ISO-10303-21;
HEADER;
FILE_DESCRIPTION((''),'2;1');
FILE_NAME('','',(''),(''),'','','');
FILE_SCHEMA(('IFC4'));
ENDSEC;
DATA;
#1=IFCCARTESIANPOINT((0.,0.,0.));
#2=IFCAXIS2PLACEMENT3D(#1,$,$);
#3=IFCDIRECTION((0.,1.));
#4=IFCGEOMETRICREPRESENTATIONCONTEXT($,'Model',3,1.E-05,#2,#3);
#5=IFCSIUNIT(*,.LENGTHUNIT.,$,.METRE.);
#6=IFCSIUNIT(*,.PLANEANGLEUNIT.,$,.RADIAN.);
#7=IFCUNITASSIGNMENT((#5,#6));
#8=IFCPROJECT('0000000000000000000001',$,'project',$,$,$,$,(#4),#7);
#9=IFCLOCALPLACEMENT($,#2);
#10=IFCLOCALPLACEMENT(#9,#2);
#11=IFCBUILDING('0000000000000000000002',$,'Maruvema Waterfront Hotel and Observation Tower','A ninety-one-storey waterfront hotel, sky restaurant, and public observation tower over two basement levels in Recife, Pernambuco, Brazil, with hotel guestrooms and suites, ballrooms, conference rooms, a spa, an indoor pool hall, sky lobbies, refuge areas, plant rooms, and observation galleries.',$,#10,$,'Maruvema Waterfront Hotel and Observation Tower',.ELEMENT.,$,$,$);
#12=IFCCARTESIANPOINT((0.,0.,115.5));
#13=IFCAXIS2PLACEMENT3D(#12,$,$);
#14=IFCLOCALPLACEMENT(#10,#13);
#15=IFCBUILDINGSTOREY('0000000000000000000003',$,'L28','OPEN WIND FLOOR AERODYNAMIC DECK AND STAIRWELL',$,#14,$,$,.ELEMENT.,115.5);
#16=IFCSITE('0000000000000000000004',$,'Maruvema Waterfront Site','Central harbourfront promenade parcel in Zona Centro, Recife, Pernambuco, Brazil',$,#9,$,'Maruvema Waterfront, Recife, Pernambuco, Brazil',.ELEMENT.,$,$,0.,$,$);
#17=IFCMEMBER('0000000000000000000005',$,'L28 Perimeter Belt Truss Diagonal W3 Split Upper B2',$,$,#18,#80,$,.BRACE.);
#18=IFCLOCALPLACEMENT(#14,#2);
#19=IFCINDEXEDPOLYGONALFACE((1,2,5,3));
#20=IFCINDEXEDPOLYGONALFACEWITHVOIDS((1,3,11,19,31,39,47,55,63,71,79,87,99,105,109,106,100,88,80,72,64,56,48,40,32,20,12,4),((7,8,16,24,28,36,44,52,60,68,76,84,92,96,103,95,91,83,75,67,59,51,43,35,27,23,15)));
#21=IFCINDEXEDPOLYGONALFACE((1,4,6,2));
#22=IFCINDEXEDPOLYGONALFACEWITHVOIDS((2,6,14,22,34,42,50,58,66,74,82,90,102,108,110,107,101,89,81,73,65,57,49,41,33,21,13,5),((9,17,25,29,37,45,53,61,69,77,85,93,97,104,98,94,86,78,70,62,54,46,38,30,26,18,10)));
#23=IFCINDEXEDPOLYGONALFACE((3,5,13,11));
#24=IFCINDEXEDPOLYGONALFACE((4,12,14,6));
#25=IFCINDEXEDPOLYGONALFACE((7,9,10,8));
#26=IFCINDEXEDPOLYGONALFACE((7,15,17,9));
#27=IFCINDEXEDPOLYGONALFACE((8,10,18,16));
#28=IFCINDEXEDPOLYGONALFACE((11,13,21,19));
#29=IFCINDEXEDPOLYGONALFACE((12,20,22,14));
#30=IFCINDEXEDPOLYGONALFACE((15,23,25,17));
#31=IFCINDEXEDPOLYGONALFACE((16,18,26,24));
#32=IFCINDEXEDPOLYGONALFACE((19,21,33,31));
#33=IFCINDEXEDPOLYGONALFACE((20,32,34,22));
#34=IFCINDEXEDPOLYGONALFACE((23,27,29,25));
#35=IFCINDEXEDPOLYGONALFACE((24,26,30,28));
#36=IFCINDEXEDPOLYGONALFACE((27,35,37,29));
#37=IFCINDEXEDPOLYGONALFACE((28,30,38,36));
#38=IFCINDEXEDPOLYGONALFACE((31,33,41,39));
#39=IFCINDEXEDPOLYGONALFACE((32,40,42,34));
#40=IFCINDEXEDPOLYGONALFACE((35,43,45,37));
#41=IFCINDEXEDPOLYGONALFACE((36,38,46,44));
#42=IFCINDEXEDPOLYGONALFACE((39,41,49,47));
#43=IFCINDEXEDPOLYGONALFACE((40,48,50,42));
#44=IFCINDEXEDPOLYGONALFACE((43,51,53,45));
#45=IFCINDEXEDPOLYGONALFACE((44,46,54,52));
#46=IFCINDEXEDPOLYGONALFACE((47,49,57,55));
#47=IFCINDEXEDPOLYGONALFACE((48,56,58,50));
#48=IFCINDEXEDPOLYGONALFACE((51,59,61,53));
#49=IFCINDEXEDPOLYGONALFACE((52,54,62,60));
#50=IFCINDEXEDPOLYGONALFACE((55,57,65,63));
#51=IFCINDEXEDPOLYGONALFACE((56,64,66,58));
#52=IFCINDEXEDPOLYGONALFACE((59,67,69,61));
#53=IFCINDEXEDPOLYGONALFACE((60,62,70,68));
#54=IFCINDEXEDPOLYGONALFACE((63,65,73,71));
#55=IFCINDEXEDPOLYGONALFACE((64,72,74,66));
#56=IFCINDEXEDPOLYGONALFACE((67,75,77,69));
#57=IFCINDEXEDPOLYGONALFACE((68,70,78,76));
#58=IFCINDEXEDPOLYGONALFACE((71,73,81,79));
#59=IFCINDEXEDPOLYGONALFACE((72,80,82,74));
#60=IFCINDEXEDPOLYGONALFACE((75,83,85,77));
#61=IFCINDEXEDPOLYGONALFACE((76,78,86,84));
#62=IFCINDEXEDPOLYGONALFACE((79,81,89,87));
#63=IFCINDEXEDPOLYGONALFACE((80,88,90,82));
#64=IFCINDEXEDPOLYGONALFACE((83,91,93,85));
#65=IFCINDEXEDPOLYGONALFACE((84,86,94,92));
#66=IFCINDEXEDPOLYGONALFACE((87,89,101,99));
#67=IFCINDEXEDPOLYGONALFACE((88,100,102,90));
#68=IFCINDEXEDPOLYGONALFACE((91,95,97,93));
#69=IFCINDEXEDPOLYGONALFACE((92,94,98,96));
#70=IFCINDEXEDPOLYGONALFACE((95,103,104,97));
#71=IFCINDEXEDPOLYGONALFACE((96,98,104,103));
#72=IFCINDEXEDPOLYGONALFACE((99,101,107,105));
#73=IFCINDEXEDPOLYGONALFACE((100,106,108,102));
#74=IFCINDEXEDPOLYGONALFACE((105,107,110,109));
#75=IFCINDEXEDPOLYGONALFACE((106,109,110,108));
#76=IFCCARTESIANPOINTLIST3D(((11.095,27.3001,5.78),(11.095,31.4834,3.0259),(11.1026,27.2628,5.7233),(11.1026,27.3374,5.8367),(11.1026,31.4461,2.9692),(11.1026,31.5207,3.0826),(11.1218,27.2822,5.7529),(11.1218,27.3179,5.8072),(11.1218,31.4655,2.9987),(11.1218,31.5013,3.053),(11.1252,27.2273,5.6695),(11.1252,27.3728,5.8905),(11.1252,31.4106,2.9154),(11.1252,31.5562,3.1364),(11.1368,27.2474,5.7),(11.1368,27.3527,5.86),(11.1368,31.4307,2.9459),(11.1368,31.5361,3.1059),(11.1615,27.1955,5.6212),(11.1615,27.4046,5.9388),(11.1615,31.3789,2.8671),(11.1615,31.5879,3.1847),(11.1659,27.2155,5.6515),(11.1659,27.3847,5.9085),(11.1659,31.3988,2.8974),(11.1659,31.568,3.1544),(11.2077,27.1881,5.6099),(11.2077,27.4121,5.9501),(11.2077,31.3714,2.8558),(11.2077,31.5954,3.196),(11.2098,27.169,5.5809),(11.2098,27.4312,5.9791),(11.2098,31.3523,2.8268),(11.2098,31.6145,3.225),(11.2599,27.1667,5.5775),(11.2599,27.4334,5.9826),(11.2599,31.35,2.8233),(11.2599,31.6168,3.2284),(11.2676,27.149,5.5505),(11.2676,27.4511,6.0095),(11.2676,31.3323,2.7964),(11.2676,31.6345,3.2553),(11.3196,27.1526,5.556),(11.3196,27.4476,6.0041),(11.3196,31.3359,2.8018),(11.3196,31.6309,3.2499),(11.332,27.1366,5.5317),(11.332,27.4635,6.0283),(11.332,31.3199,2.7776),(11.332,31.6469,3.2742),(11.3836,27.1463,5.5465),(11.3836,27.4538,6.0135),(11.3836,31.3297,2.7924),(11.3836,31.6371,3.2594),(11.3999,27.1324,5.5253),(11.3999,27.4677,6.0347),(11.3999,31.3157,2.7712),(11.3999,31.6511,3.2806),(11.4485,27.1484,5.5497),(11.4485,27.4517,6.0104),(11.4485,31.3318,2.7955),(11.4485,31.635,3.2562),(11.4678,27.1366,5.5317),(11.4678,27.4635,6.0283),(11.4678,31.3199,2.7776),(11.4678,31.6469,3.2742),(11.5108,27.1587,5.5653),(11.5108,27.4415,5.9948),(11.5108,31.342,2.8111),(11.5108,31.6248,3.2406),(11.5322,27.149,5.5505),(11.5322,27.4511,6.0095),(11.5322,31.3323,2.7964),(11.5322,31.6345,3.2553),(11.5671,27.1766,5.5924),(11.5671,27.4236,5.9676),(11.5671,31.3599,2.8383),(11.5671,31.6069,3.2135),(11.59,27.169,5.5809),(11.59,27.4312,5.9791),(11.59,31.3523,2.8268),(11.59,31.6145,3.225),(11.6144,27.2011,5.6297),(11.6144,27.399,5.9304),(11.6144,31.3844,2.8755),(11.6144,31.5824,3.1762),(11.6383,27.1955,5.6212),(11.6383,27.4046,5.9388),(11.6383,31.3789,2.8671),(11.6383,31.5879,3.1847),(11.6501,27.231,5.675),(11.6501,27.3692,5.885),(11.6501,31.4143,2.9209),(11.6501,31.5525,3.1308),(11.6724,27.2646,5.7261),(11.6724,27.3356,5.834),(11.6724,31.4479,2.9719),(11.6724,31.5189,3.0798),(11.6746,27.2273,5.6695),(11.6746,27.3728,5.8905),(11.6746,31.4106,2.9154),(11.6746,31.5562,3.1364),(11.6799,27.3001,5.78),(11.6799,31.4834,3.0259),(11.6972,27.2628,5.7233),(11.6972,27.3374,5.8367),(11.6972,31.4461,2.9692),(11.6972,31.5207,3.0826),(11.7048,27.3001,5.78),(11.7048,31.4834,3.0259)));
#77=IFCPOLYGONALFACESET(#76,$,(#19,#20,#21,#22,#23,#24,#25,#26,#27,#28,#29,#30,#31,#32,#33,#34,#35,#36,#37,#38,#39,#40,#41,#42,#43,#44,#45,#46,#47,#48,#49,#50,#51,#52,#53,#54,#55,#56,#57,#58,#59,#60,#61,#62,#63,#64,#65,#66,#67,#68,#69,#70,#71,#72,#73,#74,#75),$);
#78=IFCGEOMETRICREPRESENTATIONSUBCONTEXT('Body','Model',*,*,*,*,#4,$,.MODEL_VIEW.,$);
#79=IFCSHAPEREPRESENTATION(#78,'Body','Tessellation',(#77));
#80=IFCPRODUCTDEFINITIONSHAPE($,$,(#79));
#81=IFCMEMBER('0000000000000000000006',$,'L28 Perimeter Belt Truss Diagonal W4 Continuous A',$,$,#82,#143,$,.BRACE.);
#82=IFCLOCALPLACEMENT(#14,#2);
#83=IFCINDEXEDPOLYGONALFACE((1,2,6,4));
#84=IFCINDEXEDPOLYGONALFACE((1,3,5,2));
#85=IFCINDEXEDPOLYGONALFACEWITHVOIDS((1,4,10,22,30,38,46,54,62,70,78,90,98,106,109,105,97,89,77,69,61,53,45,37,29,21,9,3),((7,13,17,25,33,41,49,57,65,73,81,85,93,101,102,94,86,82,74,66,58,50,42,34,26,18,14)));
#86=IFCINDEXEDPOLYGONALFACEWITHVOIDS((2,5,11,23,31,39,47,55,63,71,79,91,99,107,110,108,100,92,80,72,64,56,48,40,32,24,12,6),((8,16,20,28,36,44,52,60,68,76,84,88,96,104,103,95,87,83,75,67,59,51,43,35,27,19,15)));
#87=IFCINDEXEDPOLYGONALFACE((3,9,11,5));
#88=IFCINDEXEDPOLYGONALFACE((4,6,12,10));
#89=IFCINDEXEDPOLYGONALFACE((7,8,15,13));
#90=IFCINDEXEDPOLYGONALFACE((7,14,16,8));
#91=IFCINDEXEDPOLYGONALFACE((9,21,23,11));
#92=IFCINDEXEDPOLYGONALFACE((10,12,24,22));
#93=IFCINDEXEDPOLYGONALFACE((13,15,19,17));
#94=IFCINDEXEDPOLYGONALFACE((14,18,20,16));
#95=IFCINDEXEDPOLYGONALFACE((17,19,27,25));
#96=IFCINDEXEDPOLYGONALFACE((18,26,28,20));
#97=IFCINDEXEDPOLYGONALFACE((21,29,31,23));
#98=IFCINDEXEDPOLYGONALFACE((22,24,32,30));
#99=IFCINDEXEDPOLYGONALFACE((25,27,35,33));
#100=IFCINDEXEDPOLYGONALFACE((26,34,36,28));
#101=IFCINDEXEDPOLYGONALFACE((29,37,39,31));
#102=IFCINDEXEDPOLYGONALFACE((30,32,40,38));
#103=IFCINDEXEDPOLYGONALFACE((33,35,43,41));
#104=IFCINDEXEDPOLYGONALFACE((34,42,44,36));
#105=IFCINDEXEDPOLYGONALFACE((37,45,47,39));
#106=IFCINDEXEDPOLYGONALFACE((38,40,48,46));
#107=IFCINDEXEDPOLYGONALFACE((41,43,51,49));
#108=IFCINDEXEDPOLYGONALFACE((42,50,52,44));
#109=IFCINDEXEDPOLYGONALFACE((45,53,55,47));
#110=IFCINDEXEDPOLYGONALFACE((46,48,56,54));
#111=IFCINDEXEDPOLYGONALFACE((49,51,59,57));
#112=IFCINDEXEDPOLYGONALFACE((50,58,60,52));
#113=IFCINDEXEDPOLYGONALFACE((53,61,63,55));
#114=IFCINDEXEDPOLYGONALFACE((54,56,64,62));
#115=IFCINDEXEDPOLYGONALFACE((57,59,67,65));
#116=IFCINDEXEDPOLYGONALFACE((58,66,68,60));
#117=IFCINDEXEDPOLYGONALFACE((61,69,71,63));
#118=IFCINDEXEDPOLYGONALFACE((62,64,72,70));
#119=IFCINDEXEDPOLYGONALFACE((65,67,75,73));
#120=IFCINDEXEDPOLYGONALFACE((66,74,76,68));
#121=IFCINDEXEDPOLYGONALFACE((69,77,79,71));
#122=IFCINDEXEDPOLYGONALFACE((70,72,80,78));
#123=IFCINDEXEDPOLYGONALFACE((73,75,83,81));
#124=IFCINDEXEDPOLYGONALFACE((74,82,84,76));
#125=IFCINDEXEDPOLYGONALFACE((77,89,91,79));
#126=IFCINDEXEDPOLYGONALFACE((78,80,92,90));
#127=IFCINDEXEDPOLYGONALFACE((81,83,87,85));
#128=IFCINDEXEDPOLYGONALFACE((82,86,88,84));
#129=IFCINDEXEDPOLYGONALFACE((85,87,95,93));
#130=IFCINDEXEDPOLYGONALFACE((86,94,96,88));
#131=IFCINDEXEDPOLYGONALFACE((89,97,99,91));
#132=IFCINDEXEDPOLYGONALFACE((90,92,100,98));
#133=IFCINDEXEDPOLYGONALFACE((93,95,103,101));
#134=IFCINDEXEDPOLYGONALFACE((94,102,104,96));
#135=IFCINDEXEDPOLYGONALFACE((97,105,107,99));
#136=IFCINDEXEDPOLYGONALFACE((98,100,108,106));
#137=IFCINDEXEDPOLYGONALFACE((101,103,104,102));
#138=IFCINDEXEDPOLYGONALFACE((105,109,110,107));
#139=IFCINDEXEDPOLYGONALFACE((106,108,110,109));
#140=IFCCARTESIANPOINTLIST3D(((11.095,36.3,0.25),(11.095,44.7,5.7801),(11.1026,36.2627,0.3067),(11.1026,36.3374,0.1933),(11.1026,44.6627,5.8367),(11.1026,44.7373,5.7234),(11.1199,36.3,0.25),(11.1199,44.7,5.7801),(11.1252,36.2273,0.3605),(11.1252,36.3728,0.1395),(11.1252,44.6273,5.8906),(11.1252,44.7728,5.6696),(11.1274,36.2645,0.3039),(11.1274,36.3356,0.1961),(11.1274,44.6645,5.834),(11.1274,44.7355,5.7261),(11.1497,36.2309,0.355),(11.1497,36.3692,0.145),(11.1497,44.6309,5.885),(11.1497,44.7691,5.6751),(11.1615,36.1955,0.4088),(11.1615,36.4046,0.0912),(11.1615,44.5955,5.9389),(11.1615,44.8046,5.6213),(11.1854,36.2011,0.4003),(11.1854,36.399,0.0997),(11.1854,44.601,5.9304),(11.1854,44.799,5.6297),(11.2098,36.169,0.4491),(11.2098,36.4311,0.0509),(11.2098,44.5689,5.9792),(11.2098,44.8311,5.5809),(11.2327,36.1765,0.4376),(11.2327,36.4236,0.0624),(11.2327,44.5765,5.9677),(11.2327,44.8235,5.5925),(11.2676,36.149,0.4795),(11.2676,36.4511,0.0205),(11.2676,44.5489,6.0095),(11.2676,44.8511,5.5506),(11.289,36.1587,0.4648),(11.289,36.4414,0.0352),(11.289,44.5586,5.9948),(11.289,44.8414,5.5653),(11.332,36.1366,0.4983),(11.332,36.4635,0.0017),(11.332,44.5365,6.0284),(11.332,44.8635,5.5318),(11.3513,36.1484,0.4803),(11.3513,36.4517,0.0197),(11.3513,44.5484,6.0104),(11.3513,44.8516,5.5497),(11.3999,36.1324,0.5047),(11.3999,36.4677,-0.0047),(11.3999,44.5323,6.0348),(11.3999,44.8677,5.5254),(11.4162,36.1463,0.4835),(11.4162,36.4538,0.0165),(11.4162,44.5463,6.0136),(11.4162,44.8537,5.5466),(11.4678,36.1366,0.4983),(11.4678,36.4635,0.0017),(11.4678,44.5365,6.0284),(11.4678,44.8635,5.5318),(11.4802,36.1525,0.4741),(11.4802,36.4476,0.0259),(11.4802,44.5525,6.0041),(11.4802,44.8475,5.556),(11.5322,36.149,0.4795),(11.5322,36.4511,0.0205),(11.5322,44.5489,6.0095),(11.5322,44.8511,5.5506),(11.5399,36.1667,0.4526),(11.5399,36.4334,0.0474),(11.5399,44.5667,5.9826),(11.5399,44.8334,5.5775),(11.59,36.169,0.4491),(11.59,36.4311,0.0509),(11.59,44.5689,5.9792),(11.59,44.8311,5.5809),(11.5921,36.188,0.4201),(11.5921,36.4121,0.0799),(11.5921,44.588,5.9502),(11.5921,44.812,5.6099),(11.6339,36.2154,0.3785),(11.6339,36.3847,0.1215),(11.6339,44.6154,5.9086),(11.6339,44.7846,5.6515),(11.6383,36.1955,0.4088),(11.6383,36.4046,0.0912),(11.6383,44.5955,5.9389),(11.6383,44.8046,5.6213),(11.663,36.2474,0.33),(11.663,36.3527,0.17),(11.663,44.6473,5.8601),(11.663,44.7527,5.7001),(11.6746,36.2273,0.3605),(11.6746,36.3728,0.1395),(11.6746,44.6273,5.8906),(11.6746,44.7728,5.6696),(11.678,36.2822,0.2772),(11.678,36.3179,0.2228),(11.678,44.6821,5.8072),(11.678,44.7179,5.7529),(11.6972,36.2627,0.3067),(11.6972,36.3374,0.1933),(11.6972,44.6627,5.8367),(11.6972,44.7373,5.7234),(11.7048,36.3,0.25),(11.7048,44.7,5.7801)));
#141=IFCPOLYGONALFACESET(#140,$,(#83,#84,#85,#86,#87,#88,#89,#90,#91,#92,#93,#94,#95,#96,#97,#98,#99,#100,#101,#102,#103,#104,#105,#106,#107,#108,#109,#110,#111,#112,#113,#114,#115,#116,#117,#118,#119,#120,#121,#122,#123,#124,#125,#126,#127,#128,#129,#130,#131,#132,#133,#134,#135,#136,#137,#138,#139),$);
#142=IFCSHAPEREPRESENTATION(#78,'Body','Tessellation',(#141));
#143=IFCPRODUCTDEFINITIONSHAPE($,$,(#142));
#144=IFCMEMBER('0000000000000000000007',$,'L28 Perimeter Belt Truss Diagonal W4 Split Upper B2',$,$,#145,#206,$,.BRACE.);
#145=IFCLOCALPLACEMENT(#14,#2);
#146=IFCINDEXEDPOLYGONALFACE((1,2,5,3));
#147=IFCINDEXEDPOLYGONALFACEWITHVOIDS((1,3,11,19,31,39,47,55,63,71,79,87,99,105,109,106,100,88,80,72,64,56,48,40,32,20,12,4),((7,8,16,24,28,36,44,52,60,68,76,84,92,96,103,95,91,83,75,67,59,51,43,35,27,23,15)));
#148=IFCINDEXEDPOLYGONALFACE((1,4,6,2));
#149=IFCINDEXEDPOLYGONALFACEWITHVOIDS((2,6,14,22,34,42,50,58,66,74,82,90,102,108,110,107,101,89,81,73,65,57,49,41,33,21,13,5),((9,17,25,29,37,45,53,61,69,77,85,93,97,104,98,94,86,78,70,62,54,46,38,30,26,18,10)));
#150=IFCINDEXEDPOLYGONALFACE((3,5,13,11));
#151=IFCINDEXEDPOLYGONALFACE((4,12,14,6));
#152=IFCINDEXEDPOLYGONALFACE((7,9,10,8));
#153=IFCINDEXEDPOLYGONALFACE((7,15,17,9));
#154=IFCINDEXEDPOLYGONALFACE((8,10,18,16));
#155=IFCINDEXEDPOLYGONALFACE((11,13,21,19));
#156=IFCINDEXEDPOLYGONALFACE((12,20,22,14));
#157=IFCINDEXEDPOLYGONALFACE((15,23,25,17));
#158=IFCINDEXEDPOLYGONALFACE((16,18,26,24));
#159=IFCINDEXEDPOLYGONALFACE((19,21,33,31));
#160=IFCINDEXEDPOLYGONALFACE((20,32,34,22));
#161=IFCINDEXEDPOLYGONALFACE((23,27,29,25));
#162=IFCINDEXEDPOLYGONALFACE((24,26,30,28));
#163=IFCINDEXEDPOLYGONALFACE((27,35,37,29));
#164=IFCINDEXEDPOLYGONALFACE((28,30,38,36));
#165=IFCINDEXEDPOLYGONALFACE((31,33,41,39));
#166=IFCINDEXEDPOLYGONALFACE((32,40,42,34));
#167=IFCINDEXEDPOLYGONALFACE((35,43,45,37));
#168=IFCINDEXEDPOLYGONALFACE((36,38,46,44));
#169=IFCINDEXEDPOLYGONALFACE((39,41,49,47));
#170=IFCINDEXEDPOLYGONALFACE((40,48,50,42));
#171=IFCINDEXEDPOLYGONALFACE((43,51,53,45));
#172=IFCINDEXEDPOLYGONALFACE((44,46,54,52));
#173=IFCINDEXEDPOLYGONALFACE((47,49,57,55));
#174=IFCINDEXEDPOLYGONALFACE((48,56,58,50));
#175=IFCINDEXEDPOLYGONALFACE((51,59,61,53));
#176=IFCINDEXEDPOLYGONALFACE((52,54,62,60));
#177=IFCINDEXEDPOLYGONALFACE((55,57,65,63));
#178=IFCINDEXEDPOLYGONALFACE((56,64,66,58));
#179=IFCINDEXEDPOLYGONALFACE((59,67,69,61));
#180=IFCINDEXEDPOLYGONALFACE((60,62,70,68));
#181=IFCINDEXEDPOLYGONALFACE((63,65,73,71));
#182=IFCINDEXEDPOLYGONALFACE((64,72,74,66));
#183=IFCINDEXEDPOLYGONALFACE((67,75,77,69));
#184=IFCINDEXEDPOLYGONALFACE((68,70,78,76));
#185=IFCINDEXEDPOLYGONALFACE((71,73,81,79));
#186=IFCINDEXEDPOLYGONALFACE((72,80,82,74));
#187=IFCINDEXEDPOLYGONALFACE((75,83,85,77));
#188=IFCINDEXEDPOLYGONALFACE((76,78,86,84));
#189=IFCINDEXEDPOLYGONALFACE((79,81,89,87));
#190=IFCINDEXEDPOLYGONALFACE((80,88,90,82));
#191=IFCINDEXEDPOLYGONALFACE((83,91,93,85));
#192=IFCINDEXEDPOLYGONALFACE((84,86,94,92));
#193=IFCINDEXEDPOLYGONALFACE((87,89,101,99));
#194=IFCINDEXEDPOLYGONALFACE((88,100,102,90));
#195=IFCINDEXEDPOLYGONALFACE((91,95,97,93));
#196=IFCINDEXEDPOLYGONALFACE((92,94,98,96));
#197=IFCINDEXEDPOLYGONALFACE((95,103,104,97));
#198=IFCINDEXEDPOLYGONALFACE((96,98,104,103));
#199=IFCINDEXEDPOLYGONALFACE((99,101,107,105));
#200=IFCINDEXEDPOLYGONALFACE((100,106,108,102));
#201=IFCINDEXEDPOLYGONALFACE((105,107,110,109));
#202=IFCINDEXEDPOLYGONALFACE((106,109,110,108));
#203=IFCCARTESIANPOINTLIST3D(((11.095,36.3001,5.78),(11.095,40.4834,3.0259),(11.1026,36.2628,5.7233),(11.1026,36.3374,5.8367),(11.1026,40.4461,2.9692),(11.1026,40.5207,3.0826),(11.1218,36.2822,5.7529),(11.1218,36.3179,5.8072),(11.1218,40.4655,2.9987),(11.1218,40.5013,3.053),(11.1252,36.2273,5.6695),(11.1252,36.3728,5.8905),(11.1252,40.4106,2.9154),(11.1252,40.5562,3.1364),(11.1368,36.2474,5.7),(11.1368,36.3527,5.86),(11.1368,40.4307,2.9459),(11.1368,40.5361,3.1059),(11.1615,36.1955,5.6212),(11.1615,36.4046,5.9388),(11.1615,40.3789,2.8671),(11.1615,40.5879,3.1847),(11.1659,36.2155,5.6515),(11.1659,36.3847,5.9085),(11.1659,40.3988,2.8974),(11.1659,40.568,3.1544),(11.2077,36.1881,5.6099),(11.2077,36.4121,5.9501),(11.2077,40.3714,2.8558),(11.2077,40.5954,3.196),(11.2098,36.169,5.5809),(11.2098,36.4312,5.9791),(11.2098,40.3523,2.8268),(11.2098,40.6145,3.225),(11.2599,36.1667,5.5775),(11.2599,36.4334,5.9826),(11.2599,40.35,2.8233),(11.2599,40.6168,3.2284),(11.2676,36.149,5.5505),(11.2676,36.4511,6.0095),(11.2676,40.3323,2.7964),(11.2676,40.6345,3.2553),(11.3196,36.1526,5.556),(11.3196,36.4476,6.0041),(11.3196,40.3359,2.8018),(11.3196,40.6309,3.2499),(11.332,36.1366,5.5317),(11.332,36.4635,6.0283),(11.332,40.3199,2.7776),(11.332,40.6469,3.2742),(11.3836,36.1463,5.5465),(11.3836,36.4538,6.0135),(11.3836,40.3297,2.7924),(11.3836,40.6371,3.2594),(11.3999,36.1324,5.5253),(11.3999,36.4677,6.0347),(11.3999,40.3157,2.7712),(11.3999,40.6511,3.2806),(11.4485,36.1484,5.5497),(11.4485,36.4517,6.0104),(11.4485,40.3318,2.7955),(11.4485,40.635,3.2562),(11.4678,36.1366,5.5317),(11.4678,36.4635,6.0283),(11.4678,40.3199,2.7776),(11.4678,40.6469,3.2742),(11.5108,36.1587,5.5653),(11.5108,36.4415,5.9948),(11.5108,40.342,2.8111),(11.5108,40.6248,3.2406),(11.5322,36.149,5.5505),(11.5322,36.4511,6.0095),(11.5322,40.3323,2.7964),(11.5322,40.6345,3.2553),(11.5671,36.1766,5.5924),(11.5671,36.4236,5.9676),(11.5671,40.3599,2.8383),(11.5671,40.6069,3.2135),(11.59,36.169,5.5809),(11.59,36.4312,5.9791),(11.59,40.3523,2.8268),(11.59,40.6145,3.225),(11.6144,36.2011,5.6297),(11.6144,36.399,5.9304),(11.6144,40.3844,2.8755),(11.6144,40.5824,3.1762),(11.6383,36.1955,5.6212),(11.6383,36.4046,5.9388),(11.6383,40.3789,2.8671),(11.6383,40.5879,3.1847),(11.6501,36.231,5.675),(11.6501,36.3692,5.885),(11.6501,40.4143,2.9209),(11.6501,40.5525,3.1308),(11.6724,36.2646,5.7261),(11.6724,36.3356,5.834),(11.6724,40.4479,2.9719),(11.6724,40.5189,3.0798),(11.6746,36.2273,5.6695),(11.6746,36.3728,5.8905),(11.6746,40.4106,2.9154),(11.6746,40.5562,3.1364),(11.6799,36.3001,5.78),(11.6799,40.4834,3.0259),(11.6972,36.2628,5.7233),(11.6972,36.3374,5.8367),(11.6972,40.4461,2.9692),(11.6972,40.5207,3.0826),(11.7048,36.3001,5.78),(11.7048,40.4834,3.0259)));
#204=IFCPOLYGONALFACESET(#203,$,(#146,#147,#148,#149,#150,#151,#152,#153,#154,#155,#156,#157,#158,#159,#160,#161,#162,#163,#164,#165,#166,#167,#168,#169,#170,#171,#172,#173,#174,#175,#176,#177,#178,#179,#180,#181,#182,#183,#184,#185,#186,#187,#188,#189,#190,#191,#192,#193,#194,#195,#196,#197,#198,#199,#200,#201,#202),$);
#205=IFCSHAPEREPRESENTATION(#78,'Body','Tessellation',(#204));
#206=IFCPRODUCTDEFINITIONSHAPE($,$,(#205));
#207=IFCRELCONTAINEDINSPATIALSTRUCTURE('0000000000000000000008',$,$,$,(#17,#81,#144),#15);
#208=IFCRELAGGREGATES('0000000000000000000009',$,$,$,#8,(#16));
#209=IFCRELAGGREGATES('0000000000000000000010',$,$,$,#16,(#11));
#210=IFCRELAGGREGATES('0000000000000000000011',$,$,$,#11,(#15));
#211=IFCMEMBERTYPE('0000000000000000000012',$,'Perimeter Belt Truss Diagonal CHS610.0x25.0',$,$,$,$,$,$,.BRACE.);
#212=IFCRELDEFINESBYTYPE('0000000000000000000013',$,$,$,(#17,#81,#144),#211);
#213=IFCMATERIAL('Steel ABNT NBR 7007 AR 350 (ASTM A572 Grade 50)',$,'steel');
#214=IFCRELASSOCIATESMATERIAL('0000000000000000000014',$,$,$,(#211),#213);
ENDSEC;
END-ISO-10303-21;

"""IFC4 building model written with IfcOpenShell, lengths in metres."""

from ifc_helpers import new_model, si_unit, direction, frame, origin, origin_2d, place, context, subcontext, project, spatial, hollow_circle, extrude, material, material_profile, profile_set, type_object, element, save


model = new_model("IFC4")

# Units and contexts
model_context = context("Model", 3, precision=1e-05, world=origin(), true_north=direction((0.0, 1.0)))
body_context = subcontext(model_context, "Body", "Model", "MODEL_VIEW")
ifc_project = project(units=[si_unit("LENGTHUNIT", "METRE"), si_unit("PLANEANGLEUNIT", "RADIAN")], contexts=[model_context])

# Site, building, storey
site_placement = place(None, origin())
site = spatial("IfcSite", under=ifc_project, at=site_placement, Name="Maruvema Waterfront Site", Description="Central harbourfront promenade parcel in Zona Centro, Recife, Pernambuco, Brazil", LongName="Maruvema Waterfront, Recife, Pernambuco, Brazil", CompositionType="ELEMENT", RefElevation=0.0)
building_placement = place(site_placement, origin())
building = spatial("IfcBuilding", under=site, at=building_placement, Name="Maruvema Waterfront Hotel and Observation Tower", Description="A ninety-one-storey waterfront hotel, sky restaurant, and public observation tower over two basement levels in Recife, Pernambuco, Brazil, with hotel guestrooms and suites, ballrooms, conference rooms, a spa, an indoor pool hall, sky lobbies, refuge areas, plant rooms, and observation galleries.", LongName="Maruvema Waterfront Hotel and Observation Tower", CompositionType="ELEMENT")
storey_placement = place(building_placement, frame((0.0, 0.0, 115.5)))
storey = spatial("IfcBuildingStorey", under=building, at=storey_placement, Name="L28", Description="OPEN WIND FLOOR AERODYNAMIC DECK AND STAIRWELL", CompositionType="ELEMENT", Elevation=115.5)

# Members
ifc_material_1 = material(Name="Steel ABNT NBR 7007 AR 350 (ASTM A572 Grade 50)", Category="steel")
ifc_material_profile_1 = material_profile(ifc_material_1, hollow_circle(Radius=0.3049, WallThickness=0.0249, at=origin_2d()), Name="CHS610.0x25.0")
ifc_profile_set_1 = profile_set([ifc_material_profile_1], Name="Steel ABNT NBR 7007 AR 350 (ASTM A572 Grade 50)")
member_type_1 = type_object("IfcMemberType", Name="Perimeter Belt Truss Diagonal CHS610.0x25.0", PredefinedType="BRACE", material=ifc_profile_set_1)
for number, where, z_axis, x_axis, name in (
    (1, (11.3999, 31.4834, 3.0259), (0.0, -0.835239, 0.549888), (1.0, 0.0, 0.0), "L28 Perimeter Belt Truss Diagonal W3 Split Upper B2"),
):
    element("IfcMember", number, at=place(storey_placement, frame(where, z_axis=z_axis, x_axis=x_axis)), inside=storey, type_object=member_type_1, Name=name, PredefinedType="BRACE", context=body_context, shape_type="SweptSolid", body=[
        extrude(hollow_circle(Radius=0.3049, WallThickness=0.0249, at=origin_2d()), origin(), (0.0, 0.0, 1.0), 5.0085),
    ])
member_1_placement = place(storey_placement, frame((11.3999, 36.3, 0.25), z_axis=(0.0, 0.835245, 0.549879), x_axis=(-1.0, 0.0, 0.0)))
element("IfcMember", 2, at=member_1_placement, inside=storey, type_object=member_type_1, Name="L28 Perimeter Belt Truss Diagonal W4 Continuous A", PredefinedType="BRACE", context=body_context, shape_type="SweptSolid", body=[
    extrude(hollow_circle(Radius=0.3049, WallThickness=0.0249, at=origin_2d()), origin(), (0.0, 0.0, 1.0), 10.0569),
])
member_2_placement = place(storey_placement, frame((11.3999, 40.4834, 3.0259), z_axis=(0.0, -0.835239, 0.549888), x_axis=(1.0, 0.0, 0.0)))
element("IfcMember", 3, at=member_2_placement, inside=storey, type_object=member_type_1, Name="L28 Perimeter Belt Truss Diagonal W4 Split Upper B2", PredefinedType="BRACE", context=body_context, shape_type="SweptSolid", body=[
    extrude(hollow_circle(Radius=0.3049, WallThickness=0.0249, at=origin_2d()), origin(), (0.0, 0.0, 1.0), 5.0085),
])

save(model, "model.ifc")
